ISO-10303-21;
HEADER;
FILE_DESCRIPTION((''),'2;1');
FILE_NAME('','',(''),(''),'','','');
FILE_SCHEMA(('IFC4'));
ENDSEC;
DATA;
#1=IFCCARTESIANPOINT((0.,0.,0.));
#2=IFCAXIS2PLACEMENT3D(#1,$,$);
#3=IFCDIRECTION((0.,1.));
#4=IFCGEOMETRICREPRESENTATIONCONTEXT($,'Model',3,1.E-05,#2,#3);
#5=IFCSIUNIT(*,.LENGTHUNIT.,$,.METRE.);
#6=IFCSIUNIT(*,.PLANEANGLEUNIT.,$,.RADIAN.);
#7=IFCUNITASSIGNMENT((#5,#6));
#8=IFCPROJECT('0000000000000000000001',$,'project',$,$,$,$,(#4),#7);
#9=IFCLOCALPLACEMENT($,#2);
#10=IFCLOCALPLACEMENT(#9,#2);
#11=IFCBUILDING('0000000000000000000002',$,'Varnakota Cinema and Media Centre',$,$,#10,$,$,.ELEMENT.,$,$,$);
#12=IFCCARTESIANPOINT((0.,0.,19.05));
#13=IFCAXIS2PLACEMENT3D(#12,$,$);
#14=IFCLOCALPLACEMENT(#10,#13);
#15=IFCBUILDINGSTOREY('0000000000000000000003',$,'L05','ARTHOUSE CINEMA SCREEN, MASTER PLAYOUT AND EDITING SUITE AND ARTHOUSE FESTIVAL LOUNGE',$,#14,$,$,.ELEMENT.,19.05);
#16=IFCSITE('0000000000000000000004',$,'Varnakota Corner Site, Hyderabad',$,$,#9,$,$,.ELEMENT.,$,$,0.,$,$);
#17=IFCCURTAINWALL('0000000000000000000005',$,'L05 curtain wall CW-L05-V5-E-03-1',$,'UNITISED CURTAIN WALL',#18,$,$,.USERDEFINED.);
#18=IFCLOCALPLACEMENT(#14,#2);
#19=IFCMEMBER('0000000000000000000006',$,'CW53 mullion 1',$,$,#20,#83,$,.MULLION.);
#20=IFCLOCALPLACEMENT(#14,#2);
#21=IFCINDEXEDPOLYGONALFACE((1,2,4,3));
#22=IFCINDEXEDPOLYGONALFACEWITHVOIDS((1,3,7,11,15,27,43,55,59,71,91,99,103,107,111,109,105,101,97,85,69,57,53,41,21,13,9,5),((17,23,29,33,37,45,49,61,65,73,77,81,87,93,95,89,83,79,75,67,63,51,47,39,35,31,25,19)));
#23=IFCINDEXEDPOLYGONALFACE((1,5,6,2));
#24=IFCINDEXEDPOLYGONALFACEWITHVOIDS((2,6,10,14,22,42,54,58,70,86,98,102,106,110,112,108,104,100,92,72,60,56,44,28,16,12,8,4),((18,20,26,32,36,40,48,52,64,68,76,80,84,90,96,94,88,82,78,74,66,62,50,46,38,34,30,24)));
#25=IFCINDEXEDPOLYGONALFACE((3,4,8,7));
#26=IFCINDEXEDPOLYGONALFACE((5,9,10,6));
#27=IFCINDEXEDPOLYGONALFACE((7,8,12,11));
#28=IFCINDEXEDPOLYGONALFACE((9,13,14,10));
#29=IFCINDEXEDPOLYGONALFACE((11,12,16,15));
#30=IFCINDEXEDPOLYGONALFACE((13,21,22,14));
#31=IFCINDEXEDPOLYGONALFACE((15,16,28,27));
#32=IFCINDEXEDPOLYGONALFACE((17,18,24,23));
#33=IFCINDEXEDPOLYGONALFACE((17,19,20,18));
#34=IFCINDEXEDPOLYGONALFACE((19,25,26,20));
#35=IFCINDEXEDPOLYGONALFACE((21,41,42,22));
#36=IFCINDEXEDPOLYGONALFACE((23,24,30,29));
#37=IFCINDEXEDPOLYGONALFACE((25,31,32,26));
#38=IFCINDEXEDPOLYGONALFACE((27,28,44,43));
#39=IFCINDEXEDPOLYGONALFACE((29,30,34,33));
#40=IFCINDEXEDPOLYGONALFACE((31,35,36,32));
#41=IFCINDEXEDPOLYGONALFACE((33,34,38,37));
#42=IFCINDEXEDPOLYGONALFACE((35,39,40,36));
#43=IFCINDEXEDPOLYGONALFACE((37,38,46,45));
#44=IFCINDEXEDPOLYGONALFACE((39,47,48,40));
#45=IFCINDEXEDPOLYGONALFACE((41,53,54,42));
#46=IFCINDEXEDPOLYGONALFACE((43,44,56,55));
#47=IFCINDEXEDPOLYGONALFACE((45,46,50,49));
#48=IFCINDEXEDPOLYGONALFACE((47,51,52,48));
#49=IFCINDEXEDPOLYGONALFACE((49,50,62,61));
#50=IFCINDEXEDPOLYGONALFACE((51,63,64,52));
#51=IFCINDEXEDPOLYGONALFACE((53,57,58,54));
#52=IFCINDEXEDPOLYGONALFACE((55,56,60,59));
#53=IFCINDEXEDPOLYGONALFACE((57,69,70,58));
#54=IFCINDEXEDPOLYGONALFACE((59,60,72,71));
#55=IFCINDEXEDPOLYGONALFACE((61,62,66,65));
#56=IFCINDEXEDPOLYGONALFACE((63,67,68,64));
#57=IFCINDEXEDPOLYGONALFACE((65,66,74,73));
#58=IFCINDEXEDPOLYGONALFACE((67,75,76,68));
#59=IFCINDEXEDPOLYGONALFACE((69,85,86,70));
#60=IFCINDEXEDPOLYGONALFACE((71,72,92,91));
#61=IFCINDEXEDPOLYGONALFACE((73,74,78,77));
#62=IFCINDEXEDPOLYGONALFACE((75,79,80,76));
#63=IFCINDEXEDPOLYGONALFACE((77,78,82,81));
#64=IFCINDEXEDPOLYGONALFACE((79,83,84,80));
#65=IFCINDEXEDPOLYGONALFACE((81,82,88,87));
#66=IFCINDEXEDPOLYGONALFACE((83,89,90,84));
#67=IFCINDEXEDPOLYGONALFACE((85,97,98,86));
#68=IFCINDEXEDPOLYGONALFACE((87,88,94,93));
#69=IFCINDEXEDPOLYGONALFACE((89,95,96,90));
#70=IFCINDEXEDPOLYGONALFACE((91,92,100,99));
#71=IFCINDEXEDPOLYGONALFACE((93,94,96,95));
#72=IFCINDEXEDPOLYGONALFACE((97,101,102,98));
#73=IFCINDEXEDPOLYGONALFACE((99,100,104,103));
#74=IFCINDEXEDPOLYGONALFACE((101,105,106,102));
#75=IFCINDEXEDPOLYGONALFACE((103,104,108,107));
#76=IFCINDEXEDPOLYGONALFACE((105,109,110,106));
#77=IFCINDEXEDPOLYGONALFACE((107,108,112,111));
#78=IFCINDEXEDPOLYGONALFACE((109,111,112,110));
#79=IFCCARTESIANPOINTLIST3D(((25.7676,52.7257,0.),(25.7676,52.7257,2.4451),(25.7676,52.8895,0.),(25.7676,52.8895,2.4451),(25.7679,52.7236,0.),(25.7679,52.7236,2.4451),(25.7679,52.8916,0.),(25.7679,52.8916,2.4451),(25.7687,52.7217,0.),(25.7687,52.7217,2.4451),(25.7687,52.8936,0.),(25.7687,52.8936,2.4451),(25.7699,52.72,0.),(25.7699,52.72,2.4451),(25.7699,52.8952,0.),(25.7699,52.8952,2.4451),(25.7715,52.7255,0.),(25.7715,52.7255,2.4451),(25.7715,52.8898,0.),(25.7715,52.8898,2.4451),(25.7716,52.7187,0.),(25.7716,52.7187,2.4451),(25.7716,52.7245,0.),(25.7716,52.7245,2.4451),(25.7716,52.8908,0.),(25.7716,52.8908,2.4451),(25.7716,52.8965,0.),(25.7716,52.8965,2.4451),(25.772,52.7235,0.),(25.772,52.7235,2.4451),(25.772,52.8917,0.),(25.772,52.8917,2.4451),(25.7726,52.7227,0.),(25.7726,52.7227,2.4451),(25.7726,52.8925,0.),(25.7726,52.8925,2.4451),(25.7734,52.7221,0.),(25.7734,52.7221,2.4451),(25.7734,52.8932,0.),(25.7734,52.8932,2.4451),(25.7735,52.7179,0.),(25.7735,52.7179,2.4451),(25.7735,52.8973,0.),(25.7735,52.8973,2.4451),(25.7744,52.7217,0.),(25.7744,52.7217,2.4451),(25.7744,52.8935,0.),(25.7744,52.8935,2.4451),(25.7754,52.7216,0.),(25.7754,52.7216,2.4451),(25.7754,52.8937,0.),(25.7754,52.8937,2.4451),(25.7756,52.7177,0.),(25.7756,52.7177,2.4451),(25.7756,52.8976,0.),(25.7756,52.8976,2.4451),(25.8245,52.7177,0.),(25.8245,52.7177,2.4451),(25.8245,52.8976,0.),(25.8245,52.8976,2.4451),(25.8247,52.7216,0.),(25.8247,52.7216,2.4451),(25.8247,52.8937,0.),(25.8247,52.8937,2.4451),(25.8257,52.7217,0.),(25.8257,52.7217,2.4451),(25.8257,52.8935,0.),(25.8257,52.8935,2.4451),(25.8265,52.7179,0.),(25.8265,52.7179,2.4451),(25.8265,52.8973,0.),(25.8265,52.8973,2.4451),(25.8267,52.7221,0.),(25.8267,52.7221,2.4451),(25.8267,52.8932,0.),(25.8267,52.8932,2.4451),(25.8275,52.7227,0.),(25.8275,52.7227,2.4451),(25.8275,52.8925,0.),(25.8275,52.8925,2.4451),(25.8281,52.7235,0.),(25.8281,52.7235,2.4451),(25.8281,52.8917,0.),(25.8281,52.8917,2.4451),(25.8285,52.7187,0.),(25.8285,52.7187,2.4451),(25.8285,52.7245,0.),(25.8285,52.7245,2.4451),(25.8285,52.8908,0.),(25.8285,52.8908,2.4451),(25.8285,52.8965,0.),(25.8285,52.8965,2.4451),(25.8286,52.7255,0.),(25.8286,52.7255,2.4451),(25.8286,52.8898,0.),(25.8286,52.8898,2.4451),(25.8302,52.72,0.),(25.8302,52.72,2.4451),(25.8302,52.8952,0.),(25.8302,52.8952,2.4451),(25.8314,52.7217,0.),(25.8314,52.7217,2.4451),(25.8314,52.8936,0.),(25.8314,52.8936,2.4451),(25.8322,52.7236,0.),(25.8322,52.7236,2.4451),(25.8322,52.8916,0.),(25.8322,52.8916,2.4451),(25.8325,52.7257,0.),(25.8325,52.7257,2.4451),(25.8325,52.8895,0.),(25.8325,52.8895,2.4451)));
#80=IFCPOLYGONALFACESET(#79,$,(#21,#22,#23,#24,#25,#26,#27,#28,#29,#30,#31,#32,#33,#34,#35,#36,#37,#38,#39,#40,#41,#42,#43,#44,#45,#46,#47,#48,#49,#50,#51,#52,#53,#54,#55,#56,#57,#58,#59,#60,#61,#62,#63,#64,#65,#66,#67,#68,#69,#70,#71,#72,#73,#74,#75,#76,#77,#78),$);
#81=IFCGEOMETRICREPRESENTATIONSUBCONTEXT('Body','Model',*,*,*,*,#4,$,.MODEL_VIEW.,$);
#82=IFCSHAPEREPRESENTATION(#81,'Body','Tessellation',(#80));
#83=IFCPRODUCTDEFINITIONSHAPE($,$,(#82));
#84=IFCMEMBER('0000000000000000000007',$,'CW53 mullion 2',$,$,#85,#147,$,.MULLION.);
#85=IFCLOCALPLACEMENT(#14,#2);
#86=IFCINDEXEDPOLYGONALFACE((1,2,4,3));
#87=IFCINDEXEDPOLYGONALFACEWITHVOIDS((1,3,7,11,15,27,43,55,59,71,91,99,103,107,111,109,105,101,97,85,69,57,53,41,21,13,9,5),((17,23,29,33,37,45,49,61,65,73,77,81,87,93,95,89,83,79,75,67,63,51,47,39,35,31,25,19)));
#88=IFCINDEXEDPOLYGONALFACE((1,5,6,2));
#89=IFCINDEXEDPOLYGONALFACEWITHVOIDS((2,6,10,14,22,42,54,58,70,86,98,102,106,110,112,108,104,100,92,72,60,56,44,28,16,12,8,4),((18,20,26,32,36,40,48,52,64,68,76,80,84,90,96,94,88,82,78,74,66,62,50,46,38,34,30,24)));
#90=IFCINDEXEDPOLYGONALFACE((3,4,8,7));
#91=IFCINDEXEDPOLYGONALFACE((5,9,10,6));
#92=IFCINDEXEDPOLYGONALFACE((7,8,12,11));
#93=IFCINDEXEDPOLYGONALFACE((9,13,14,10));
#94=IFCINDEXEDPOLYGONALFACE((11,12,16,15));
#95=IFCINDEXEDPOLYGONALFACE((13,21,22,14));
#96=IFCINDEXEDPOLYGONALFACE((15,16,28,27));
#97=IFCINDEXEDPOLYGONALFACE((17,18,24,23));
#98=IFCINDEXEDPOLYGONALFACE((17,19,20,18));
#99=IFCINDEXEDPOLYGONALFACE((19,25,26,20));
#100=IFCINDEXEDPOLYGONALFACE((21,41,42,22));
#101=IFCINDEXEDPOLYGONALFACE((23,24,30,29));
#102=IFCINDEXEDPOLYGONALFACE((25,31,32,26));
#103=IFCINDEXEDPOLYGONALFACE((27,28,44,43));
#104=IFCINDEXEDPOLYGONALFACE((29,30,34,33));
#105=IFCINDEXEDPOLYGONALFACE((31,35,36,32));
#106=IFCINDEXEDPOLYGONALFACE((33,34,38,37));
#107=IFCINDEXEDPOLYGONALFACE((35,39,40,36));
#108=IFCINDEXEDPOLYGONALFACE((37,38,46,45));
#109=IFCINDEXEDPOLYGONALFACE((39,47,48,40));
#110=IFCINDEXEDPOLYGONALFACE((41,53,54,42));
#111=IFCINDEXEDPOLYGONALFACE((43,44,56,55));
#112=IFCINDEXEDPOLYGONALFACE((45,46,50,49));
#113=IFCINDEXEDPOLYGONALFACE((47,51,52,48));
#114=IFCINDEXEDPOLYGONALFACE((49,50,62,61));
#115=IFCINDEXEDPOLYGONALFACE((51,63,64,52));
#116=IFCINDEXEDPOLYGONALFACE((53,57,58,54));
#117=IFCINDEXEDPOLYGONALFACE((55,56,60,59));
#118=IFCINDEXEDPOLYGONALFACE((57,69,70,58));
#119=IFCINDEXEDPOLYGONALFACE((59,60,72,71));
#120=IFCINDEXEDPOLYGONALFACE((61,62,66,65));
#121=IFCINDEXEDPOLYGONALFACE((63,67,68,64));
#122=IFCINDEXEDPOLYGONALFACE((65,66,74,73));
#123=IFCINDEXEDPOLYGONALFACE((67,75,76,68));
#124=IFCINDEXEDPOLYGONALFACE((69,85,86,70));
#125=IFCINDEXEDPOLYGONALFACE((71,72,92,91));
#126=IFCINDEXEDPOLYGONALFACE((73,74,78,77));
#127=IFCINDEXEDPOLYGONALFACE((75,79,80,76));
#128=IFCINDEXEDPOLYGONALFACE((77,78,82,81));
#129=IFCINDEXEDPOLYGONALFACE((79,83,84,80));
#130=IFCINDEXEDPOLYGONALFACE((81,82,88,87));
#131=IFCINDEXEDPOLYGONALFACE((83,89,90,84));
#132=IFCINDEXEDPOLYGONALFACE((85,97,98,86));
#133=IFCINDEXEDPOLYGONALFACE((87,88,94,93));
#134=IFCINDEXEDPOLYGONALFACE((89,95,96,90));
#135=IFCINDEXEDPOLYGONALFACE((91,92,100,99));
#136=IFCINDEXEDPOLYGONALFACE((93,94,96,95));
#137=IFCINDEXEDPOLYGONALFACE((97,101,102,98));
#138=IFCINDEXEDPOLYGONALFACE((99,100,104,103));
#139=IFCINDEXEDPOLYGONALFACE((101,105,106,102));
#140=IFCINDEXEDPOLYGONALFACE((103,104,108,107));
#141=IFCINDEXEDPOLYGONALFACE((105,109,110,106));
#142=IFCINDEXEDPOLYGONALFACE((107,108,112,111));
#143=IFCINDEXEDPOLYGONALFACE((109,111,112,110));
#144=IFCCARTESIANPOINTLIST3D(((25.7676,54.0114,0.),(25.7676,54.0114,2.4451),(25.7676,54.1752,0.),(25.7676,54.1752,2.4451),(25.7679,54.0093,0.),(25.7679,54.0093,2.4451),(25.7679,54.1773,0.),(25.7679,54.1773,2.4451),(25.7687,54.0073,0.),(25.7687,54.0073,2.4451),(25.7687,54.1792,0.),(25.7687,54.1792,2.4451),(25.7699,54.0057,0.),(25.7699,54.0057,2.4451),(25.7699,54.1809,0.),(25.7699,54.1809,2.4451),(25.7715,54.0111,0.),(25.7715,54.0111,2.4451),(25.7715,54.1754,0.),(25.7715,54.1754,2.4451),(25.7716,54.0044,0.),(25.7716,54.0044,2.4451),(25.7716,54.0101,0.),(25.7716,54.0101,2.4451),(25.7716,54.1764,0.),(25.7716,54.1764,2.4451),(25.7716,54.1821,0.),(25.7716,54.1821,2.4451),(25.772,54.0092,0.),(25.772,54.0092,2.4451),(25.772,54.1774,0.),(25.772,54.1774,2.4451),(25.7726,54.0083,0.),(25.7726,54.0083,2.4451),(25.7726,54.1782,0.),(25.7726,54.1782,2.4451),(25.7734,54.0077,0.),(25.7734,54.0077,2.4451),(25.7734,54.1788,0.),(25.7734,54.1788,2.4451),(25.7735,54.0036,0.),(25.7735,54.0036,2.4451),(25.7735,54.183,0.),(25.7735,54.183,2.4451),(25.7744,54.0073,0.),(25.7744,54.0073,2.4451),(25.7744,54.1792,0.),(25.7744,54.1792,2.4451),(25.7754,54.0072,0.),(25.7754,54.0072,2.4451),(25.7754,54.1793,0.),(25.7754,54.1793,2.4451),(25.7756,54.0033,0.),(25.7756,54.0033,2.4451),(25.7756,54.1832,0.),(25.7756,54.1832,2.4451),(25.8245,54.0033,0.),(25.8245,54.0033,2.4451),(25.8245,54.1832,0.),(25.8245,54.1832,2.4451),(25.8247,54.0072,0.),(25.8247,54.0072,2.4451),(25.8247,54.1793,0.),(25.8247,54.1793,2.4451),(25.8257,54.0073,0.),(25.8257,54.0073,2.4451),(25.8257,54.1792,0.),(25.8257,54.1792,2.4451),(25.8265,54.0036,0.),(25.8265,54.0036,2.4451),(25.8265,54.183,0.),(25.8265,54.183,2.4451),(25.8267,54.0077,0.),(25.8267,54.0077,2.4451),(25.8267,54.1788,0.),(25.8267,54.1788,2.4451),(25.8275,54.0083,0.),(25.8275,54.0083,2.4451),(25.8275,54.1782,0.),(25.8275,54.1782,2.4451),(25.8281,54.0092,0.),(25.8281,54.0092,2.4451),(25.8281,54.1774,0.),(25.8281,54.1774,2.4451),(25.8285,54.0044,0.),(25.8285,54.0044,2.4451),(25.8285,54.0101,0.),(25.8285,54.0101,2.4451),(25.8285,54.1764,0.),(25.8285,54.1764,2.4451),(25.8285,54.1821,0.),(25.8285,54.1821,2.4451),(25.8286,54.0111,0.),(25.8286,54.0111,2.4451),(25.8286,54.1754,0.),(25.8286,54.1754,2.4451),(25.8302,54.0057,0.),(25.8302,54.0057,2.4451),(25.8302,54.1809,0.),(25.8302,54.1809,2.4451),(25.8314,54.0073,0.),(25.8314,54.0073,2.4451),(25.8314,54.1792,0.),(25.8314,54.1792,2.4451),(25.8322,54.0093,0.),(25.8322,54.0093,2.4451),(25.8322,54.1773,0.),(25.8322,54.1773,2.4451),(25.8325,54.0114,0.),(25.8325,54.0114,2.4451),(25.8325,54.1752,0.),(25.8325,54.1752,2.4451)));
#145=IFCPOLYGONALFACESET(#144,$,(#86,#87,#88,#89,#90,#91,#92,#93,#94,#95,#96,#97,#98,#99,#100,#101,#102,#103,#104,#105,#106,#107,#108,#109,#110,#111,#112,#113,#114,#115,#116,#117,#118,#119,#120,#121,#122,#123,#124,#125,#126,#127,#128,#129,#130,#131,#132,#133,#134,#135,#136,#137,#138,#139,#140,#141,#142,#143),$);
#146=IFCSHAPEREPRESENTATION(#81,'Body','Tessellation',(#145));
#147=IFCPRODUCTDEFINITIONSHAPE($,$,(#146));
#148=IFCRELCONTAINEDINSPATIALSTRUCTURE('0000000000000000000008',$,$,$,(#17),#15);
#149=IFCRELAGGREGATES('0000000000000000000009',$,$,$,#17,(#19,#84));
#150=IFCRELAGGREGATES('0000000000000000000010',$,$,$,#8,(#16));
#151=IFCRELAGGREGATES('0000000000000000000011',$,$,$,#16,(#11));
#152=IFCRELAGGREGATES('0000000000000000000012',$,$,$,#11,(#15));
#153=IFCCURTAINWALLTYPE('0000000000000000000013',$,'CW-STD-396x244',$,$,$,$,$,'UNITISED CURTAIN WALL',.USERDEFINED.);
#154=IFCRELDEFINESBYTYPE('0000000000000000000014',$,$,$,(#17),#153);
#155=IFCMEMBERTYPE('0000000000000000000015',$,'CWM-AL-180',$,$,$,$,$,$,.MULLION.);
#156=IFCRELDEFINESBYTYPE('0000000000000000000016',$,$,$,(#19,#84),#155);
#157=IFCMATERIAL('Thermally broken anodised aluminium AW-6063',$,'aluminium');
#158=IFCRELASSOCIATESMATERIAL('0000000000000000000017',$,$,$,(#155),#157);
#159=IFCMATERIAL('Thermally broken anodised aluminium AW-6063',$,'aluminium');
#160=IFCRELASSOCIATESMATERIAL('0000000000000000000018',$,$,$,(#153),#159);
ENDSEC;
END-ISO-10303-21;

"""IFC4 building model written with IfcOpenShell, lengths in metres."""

from ifc_helpers import new_model, si_unit, direction, frame, origin, origin_2d, place, context, subcontext, project, spatial, hollow_rectangle, extrude, material, material_profile, profile_set, type_object, element, aggregate, save


model = new_model("IFC4")

# Units and contexts
model_context = context("Model", 3, precision=1e-05, world=origin(), true_north=direction((0.0, 1.0)))
body_context = subcontext(model_context, "Body", "Model", "MODEL_VIEW")
ifc_project = project(units=[si_unit("LENGTHUNIT", "METRE"), si_unit("PLANEANGLEUNIT", "RADIAN")], contexts=[model_context])

# Site, building, storey
site_placement = place(None, origin())
site = spatial("IfcSite", under=ifc_project, at=site_placement, Name="Varnakota Corner Site, Hyderabad", CompositionType="ELEMENT", RefElevation=0.0)
building_placement = place(site_placement, origin())
building = spatial("IfcBuilding", under=site, at=building_placement, Name="Varnakota Cinema and Media Centre", CompositionType="ELEMENT")
storey_placement = place(building_placement, frame((0.0, 0.0, 19.05)))
storey = spatial("IfcBuildingStorey", under=building, at=storey_placement, Name="L05", Description="ARTHOUSE CINEMA SCREEN, MASTER PLAYOUT AND EDITING SUITE AND ARTHOUSE FESTIVAL LOUNGE", CompositionType="ELEMENT", Elevation=19.05)

# Curtain wall, members
ifc_material_1 = material(Name="Thermally broken anodised aluminium AW-6063", Category="aluminium")
ifc_material_profile_1 = material_profile(ifc_material_1, hollow_rectangle(XDim=0.0649, YDim=0.1799, WallThickness=0.0039, InnerFilletRadius=0.0039, OuterFilletRadius=0.0081, at=origin_2d()), Name="AL-MULLION 180x65x4")
ifc_profile_set_1 = profile_set([ifc_material_profile_1], Name="Thermally broken anodised aluminium AW-6063")
member_type_1 = type_object("IfcMemberType", Name="CWM-AL-180", PredefinedType="MULLION", material=ifc_profile_set_1)
ifc_material_2 = material(Name="Thermally broken anodised aluminium AW-6063", Category="aluminium")
curtain_wall_type_1 = type_object("IfcCurtainWallType", Name="CW-STD-396x244", ElementType="UNITISED CURTAIN WALL", PredefinedType="USERDEFINED", material=ifc_material_2)
curtain_wall_1_placement = place(storey_placement, origin())
curtain_wall_1 = element("IfcCurtainWall", 1, at=curtain_wall_1_placement, inside=storey, type_object=curtain_wall_type_1, Name="L05 curtain wall CW-L05-V5-E-03-1", ObjectType="UNITISED CURTAIN WALL", PredefinedType="USERDEFINED")
member_1_placement = place(storey_placement, frame((25.8, 52.8076, 0.0), z_axis=(0.0, 0.0, 1.0), x_axis=(-1.0, 0.0, 0.0)))
member_1 = element("IfcMember", 2, at=member_1_placement, type_object=member_type_1, Name="CW53 mullion 1", PredefinedType="MULLION", context=body_context, shape_type="SweptSolid", body=[
    extrude(hollow_rectangle(XDim=0.0649, YDim=0.1799, WallThickness=0.0039, InnerFilletRadius=0.0039, OuterFilletRadius=0.0081, at=origin_2d()), origin(), (0.0, 0.0, 1.0), 2.4451),
])
member_2_placement = place(storey_placement, frame((25.8, 54.0933, 0.0), z_axis=(0.0, 0.0, 1.0), x_axis=(-1.0, 0.0, 0.0)))
member_2 = element("IfcMember", 3, at=member_2_placement, type_object=member_type_1, Name="CW53 mullion 2", PredefinedType="MULLION", context=body_context, shape_type="SweptSolid", body=[
    extrude(hollow_rectangle(XDim=0.0649, YDim=0.1799, WallThickness=0.0039, InnerFilletRadius=0.0039, OuterFilletRadius=0.0081, at=origin_2d()), origin(), (0.0, 0.0, 1.0), 2.4451),
])

aggregate(curtain_wall_1, [member_1, member_2])

save(model, "model.ifc")
